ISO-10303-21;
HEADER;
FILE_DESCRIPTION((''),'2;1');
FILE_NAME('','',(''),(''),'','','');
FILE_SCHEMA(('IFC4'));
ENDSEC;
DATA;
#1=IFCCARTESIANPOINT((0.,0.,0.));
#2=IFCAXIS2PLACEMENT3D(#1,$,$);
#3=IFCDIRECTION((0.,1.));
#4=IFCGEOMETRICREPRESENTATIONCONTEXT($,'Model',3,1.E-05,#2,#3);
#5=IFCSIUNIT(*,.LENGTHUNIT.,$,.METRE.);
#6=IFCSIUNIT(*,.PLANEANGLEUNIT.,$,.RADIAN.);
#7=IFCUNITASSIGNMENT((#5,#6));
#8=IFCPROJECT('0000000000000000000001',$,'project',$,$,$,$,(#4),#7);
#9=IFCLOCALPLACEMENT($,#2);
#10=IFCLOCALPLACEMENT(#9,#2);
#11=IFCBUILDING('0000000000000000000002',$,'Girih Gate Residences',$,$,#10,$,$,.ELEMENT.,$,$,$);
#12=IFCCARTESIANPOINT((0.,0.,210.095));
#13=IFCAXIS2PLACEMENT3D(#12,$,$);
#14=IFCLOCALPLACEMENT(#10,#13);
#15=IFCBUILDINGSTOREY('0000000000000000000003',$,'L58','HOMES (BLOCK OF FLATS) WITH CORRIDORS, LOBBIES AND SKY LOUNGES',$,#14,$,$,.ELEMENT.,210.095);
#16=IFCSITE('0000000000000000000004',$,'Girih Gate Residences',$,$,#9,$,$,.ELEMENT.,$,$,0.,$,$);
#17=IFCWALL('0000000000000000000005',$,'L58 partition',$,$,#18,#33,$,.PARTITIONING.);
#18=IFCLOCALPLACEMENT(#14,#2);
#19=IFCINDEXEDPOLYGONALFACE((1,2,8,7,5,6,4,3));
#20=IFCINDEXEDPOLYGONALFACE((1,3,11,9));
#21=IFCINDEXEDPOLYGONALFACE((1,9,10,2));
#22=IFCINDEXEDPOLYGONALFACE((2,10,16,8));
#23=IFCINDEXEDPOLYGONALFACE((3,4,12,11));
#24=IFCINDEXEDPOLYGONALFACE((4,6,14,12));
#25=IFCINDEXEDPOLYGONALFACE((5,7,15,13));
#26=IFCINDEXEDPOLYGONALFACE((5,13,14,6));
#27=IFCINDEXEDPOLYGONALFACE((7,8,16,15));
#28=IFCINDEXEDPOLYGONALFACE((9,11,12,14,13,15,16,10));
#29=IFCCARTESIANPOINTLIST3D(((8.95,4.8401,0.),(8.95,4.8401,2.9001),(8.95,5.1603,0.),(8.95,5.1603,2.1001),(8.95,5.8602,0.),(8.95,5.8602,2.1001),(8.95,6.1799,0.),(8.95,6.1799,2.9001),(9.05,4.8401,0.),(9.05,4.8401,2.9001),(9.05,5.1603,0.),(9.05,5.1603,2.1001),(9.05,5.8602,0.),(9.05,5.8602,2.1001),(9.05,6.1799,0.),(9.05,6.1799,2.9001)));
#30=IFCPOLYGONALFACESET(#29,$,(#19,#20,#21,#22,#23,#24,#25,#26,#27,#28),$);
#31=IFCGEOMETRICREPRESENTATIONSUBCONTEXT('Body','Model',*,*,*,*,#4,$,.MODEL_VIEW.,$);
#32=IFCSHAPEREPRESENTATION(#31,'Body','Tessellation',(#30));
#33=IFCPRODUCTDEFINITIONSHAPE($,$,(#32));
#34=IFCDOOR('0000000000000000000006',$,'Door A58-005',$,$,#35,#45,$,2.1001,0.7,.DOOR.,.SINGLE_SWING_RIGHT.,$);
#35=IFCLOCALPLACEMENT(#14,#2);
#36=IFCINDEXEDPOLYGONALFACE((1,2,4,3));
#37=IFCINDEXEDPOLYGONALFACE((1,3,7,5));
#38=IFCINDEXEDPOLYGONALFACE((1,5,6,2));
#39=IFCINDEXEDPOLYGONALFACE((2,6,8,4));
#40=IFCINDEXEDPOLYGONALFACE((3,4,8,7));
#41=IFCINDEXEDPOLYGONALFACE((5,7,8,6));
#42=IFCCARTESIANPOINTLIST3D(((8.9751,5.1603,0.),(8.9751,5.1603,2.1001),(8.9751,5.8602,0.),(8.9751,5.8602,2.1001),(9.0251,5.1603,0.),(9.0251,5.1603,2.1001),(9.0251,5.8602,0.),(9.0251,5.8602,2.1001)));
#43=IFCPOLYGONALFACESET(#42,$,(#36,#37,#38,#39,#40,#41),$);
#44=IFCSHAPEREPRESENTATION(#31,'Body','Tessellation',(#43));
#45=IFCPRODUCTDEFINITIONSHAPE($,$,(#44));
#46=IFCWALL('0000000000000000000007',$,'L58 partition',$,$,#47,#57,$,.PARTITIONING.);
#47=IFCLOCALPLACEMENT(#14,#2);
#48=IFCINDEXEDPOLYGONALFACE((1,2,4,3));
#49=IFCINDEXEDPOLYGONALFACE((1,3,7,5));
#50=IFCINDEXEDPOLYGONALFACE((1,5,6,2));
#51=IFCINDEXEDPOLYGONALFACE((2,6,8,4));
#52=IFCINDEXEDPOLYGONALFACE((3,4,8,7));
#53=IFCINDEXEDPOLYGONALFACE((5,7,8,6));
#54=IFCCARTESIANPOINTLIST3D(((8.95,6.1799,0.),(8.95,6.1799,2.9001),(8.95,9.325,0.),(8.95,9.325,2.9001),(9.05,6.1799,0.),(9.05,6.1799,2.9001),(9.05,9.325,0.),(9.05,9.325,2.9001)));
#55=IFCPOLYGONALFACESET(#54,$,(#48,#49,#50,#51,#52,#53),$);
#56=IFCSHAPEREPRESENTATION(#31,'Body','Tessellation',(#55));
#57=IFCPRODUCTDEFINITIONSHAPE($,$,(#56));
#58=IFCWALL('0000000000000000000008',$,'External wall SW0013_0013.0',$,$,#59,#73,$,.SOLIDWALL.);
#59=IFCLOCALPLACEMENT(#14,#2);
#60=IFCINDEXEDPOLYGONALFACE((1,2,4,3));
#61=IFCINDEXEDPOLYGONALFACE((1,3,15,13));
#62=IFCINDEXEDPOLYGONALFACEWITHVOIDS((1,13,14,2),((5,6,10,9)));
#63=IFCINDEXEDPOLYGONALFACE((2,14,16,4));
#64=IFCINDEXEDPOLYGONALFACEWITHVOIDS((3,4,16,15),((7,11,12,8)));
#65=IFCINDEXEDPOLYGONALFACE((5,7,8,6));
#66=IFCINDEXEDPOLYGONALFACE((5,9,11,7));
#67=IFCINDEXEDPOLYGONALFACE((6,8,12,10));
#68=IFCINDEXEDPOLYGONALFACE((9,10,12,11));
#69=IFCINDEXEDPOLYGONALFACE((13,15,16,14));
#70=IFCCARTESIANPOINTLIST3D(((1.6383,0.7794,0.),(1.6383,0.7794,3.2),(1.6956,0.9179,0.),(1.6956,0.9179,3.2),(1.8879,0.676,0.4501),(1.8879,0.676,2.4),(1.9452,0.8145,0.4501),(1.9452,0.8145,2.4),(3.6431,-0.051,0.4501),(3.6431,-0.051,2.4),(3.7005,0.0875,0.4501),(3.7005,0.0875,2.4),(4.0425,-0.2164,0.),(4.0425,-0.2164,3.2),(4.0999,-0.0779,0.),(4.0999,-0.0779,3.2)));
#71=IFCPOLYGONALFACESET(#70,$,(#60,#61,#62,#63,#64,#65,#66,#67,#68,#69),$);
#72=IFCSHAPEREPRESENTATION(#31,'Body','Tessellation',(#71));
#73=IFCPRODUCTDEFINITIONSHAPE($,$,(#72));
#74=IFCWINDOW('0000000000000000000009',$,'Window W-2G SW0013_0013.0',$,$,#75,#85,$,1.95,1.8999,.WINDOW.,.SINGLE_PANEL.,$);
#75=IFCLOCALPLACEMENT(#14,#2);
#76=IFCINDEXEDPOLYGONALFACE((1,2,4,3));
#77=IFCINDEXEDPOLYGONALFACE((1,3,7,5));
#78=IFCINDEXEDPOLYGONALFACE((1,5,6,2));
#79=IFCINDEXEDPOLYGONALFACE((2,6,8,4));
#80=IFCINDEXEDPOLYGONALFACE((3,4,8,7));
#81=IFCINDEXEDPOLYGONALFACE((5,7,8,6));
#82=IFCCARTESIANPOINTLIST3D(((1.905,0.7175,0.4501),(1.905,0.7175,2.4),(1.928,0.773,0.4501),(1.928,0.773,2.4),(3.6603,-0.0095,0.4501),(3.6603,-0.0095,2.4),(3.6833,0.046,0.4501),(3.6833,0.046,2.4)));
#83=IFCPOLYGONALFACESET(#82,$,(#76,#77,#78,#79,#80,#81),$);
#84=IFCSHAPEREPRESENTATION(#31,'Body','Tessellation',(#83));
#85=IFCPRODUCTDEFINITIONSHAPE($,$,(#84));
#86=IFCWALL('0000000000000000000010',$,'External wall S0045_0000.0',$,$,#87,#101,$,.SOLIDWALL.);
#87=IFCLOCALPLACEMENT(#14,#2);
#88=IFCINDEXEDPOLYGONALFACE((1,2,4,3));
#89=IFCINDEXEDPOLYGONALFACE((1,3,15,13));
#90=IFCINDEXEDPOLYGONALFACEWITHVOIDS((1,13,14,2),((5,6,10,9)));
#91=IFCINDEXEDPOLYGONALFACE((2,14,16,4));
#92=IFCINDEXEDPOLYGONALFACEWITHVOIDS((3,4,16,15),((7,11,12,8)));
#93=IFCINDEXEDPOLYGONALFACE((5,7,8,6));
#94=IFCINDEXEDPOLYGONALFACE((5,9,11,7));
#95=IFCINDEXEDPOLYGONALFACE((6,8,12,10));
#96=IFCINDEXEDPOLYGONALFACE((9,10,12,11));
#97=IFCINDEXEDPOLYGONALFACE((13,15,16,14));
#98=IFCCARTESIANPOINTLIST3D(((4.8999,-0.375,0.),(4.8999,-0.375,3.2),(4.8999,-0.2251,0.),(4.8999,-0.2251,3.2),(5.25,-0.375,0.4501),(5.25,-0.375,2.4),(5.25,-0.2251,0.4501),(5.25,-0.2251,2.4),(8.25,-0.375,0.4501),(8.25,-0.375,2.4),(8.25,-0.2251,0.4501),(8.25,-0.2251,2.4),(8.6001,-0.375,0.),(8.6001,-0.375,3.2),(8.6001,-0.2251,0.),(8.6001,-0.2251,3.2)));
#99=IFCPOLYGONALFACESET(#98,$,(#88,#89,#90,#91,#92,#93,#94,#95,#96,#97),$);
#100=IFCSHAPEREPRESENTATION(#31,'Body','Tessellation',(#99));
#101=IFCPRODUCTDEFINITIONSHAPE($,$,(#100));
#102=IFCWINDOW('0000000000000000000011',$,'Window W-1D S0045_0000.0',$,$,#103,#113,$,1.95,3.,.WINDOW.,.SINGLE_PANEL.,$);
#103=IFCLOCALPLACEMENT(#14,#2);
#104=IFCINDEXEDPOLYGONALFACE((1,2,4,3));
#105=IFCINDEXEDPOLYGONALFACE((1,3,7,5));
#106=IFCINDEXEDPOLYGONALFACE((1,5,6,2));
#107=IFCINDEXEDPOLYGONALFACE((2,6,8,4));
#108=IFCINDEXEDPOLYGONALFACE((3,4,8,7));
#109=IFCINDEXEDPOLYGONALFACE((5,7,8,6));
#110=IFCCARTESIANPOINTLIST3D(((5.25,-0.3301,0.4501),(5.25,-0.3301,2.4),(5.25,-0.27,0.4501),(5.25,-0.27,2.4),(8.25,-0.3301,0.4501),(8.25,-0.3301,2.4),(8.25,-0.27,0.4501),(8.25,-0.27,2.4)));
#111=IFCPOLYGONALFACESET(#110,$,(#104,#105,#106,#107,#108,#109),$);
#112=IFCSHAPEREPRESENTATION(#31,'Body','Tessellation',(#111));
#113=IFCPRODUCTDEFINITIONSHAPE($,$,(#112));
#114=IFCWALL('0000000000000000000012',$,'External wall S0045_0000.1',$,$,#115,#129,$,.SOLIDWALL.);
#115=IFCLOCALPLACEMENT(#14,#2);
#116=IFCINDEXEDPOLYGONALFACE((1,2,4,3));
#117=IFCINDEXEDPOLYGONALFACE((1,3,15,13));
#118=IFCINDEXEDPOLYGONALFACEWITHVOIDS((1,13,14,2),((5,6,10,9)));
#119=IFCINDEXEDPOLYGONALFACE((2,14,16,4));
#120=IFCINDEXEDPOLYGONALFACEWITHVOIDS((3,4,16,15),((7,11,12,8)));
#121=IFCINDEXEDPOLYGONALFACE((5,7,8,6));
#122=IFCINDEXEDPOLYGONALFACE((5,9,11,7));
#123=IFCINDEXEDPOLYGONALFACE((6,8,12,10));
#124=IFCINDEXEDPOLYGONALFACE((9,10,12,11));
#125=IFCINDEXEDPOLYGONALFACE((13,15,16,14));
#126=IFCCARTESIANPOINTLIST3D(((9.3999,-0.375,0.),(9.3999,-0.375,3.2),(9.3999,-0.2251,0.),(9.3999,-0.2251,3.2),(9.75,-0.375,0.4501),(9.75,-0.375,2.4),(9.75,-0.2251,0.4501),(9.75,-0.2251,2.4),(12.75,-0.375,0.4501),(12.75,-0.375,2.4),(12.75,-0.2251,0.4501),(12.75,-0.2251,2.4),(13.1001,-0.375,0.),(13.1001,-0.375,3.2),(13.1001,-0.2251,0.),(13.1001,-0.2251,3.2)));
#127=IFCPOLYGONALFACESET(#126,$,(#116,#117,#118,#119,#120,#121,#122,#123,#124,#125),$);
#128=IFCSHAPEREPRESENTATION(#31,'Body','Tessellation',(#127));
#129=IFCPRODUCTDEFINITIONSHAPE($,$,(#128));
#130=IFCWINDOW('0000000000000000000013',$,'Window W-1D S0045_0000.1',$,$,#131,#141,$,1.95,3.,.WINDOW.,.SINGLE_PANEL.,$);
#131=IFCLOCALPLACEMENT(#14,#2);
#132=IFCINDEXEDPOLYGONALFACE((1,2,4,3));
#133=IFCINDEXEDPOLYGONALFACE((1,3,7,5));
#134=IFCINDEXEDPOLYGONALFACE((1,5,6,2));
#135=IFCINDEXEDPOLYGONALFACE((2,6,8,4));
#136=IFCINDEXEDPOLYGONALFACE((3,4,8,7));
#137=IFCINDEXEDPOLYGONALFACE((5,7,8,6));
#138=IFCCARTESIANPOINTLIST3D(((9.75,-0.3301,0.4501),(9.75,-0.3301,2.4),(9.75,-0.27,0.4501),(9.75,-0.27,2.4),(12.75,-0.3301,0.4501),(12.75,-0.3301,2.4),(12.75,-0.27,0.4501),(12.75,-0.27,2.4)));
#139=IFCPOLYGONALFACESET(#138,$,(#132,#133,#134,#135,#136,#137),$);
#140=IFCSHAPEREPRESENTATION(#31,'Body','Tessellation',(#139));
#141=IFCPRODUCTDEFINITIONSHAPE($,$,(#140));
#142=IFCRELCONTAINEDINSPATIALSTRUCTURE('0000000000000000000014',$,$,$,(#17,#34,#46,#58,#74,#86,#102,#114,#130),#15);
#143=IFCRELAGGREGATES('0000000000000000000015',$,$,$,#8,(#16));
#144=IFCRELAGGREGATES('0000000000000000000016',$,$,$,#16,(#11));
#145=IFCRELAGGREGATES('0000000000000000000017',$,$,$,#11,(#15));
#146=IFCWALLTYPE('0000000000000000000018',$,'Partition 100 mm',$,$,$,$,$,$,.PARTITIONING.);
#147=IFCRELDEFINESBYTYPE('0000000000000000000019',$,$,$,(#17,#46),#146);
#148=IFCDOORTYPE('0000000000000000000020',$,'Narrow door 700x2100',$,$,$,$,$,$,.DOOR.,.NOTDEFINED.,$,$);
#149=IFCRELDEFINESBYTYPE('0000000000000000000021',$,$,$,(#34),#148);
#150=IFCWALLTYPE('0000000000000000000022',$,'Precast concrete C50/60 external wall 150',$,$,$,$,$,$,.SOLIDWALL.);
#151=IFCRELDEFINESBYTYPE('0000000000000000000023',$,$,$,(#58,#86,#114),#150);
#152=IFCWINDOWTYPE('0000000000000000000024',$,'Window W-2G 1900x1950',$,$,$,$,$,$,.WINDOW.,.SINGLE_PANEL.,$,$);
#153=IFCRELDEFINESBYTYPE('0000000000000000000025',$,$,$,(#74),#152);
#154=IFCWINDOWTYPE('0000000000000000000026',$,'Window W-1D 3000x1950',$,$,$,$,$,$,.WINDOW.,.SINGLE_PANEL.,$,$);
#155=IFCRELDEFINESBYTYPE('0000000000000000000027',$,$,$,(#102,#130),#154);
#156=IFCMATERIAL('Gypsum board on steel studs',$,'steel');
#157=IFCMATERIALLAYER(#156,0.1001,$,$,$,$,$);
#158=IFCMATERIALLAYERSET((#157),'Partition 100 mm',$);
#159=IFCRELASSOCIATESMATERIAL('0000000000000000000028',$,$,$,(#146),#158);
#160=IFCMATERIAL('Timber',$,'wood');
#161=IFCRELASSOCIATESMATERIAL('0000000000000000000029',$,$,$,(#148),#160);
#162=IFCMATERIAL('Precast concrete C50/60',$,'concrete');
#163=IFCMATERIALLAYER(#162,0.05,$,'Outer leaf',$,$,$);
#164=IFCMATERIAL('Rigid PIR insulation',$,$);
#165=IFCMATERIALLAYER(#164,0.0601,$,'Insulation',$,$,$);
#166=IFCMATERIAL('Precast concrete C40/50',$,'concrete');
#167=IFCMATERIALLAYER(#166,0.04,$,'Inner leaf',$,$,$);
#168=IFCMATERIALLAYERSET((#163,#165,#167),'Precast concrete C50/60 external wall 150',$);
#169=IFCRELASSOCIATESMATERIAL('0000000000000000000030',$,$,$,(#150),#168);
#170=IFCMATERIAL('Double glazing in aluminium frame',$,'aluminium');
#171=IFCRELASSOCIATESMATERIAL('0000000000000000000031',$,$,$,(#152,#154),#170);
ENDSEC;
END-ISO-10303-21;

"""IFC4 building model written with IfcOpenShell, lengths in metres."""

from ifc_helpers import new_model, si_unit, direction, frame, frame_2d, origin, place, context, subcontext, project, spatial, rectangle, extrude, material, layer, layer_set, type_object, element, fill, save


model = new_model("IFC4")

# Units and contexts
model_context = context("Model", 3, precision=1e-05, world=origin(), true_north=direction((0.0, 1.0)))
body_context = subcontext(model_context, "Body", "Model", "MODEL_VIEW")
ifc_project = project(units=[si_unit("LENGTHUNIT", "METRE"), si_unit("PLANEANGLEUNIT", "RADIAN")], contexts=[model_context])

# Site, building, storey
site_placement = place(None, origin())
site = spatial("IfcSite", under=ifc_project, at=site_placement, Name="Girih Gate Residences", CompositionType="ELEMENT", RefElevation=0.0)
building_placement = place(site_placement, origin())
building = spatial("IfcBuilding", under=site, at=building_placement, Name="Girih Gate Residences", CompositionType="ELEMENT")
storey_placement = place(building_placement, frame((0.0, 0.0, 210.095)))
storey = spatial("IfcBuildingStorey", under=building, at=storey_placement, Name="L58", Description="HOMES (BLOCK OF FLATS) WITH CORRIDORS, LOBBIES AND SKY LOUNGES", CompositionType="ELEMENT", Elevation=210.095)

# Shared definitions
ifc_material_1 = material(Name="Gypsum board on steel studs", Category="steel")
ifc_layer_1 = layer(ifc_material_1, 0.1001)
ifc_layer_set_1 = layer_set([ifc_layer_1], Name="Partition 100 mm")
wall_type_1 = type_object("IfcWallType", Name="Partition 100 mm", PredefinedType="PARTITIONING", material=ifc_layer_set_1)

# Shared definitions
ifc_material_2 = material(Name="Timber", Category="wood")

# Wall, opening, door
wall_1_placement = place(storey_placement, frame((9.0, 4.8401, 0.0), z_axis=(0.0, 0.0, 1.0), x_axis=(0.0, 1.0, 0.0)))
wall_1 = element("IfcWall", 1, at=wall_1_placement, inside=storey, type_object=wall_type_1, Name="L58 partition", PredefinedType="PARTITIONING", context=body_context, shape_type="SweptSolid", body=[
    extrude(rectangle(XDim=1.3398, YDim=0.1001, at=frame_2d((0.6699, 0.0))), origin(), (0.0, 0.0, 1.0), 2.9001),
])
opening_1_placement = place(wall_1_placement, frame((0.3201, 0.0, 0.0)))
opening_1 = element("IfcOpeningElement", 2, at=opening_1_placement, cuts=wall_1, PredefinedType="OPENING", context=body_context, shape_type="SweptSolid", body=[
    extrude(rectangle(XDim=0.7, YDim=2.1001, at=frame_2d((0.3501, 1.05))), frame((0.0, 0.0601, 0.0), z_axis=(0.0, -1.0, 0.0), x_axis=(1.0, 0.0, 0.0)), (0.0, 0.0, 1.0), 0.1201),
])
door_type_1 = type_object("IfcDoorType", Name="Narrow door 700x2100", OperationType="NOTDEFINED", PredefinedType="DOOR", material=ifc_material_2)
door_1_placement = place(opening_1_placement, origin())
door_1 = element("IfcDoor", 3, at=door_1_placement, inside=storey, type_object=door_type_1, Name="Door A58-005", OperationType="SINGLE_SWING_RIGHT", OverallHeight=2.1001, OverallWidth=0.7, PredefinedType="DOOR", context=body_context, shape_type="SweptSolid", body=[
    extrude(rectangle(XDim=0.7, YDim=2.1001, at=frame_2d((0.3501, 1.05))), frame((0.0, 0.0249, 0.0), z_axis=(0.0, -1.0, 0.0), x_axis=(1.0, 0.0, 0.0)), (0.0, 0.0, 1.0), 0.05),
])
fill(opening_1, door_1)

# Wall
wall_2_placement = place(storey_placement, frame((9.0, 6.1799, 0.0), z_axis=(0.0, 0.0, 1.0), x_axis=(0.0, 1.0, 0.0)))
element("IfcWall", 4, at=wall_2_placement, inside=storey, type_object=wall_type_1, Name="L58 partition", PredefinedType="PARTITIONING", context=body_context, shape_type="SweptSolid", body=[
    extrude(rectangle(XDim=3.145, YDim=0.1001, at=frame_2d((1.5725, 0.0))), origin(), (0.0, 0.0, 1.0), 2.9001),
])

# Walls, openings, windows
ifc_material_3 = material(Name="Precast concrete C50/60", Category="concrete")
ifc_layer_2 = layer(ifc_material_3, 0.05, Name="Outer leaf")
ifc_material_4 = material(Name="Rigid PIR insulation")
ifc_layer_3 = layer(ifc_material_4, 0.0601, Name="Insulation")
ifc_material_5 = material(Name="Precast concrete C40/50", Category="concrete")
ifc_layer_4 = layer(ifc_material_5, 0.04, Name="Inner leaf")
ifc_layer_set_2 = layer_set([ifc_layer_2, ifc_layer_3, ifc_layer_4], Name="Precast concrete C50/60 external wall 150")
wall_type_2 = type_object("IfcWallType", Name="Precast concrete C50/60 external wall 150", PredefinedType="SOLIDWALL", material=ifc_layer_set_2)
wall_3_placement = place(storey_placement, frame((4.0713, -0.1472, 0.0), z_axis=(0.0, 0.0, 1.0), x_axis=(-0.923885, 0.382669, 0.0)))
wall_3 = element("IfcWall", 5, at=wall_3_placement, inside=storey, type_object=wall_type_2, Name="External wall SW0013_0013.0", PredefinedType="SOLIDWALL", context=body_context, shape_type="SweptSolid", body=[
    extrude(rectangle(XDim=2.6023, YDim=0.1499, at=frame_2d((1.3013, 0.0))), origin(), (0.0, 0.0, 1.0), 3.2),
])
opening_2_placement = place(wall_3_placement, frame((0.4324, 0.0, 0.45)))
opening_2 = element("IfcOpeningElement", 6, at=opening_2_placement, cuts=wall_3, PredefinedType="OPENING", context=body_context, shape_type="SweptSolid", body=[
    extrude(rectangle(XDim=1.8999, YDim=1.95, at=frame_2d((0.95, 0.9751))), frame((0.0, 0.085, 0.0), z_axis=(0.0, -1.0, 0.0), x_axis=(1.0, 0.0, 0.0)), (0.0, 0.0, 1.0), 0.1699),
])
ifc_material_6 = material(Name="Double glazing in aluminium frame", Category="aluminium")
window_type_1 = type_object("IfcWindowType", Name="Window W-2G 1900x1950", PartitioningType="SINGLE_PANEL", PredefinedType="WINDOW", material=ifc_material_6)
window_1_placement = place(opening_2_placement, origin())
window_1 = element("IfcWindow", 7, at=window_1_placement, inside=storey, type_object=window_type_1, Name="Window W-2G SW0013_0013.0", OverallHeight=1.95, OverallWidth=1.8999, PartitioningType="SINGLE_PANEL", PredefinedType="WINDOW", context=body_context, shape_type="SweptSolid", body=[
    extrude(rectangle(XDim=1.8999, YDim=1.95, at=frame_2d((0.95, 0.9751))), frame((0.0, 0.03, 0.0), z_axis=(0.0, -1.0, 0.0), x_axis=(1.0, 0.0, 0.0)), (0.0, 0.0, 1.0), 0.0601),
])
fill(opening_2, window_1)
wall_4_placement = place(storey_placement, frame((8.6001, -0.3, 0.0), z_axis=(0.0, 0.0, 1.0), x_axis=(-1.0, 0.0, 0.0)))
wall_4 = element("IfcWall", 8, at=wall_4_placement, inside=storey, type_object=wall_type_2, Name="External wall S0045_0000.0", PredefinedType="SOLIDWALL", context=body_context, shape_type="SweptSolid", body=[
    extrude(rectangle(XDim=3.7002, YDim=0.1499, at=frame_2d((1.8501, 0.0))), origin(), (0.0, 0.0, 1.0), 3.2),
])
opening_3_placement = place(wall_4_placement, frame((0.3501, 0.0, 0.45)))
opening_3 = element("IfcOpeningElement", 9, at=opening_3_placement, cuts=wall_4, PredefinedType="OPENING", context=body_context, shape_type="SweptSolid", body=[
    extrude(rectangle(XDim=3.0, YDim=1.95, at=frame_2d((1.5, 0.9751))), frame((0.0, 0.085, 0.0), z_axis=(0.0, -1.0, 0.0), x_axis=(1.0, 0.0, 0.0)), (0.0, 0.0, 1.0), 0.1699),
])
window_type_2 = type_object("IfcWindowType", Name="Window W-1D 3000x1950", PartitioningType="SINGLE_PANEL", PredefinedType="WINDOW", material=ifc_material_6)
window_2_placement = place(opening_3_placement, origin())
window_2 = element("IfcWindow", 10, at=window_2_placement, inside=storey, type_object=window_type_2, Name="Window W-1D S0045_0000.0", OverallHeight=1.95, OverallWidth=3.0, PartitioningType="SINGLE_PANEL", PredefinedType="WINDOW", context=body_context, shape_type="SweptSolid", body=[
    extrude(rectangle(XDim=3.0, YDim=1.95, at=frame_2d((1.5, 0.9751))), frame((0.0, 0.03, 0.0), z_axis=(0.0, -1.0, 0.0), x_axis=(1.0, 0.0, 0.0)), (0.0, 0.0, 1.0), 0.0601),
])
fill(opening_3, window_2)
wall_5_placement = place(storey_placement, frame((13.1001, -0.3, 0.0), z_axis=(0.0, 0.0, 1.0), x_axis=(-1.0, 0.0, 0.0)))
wall_5 = element("IfcWall", 11, at=wall_5_placement, inside=storey, type_object=wall_type_2, Name="External wall S0045_0000.1", PredefinedType="SOLIDWALL", context=body_context, shape_type="SweptSolid", body=[
    extrude(rectangle(XDim=3.7002, YDim=0.1499, at=frame_2d((1.8501, 0.0))), origin(), (0.0, 0.0, 1.0), 3.2),
])
opening_4_placement = place(wall_5_placement, frame((0.3501, 0.0, 0.45)))
opening_4 = element("IfcOpeningElement", 12, at=opening_4_placement, cuts=wall_5, PredefinedType="OPENING", context=body_context, shape_type="SweptSolid", body=[
    extrude(rectangle(XDim=3.0, YDim=1.95, at=frame_2d((1.5, 0.9751))), frame((0.0, 0.085, 0.0), z_axis=(0.0, -1.0, 0.0), x_axis=(1.0, 0.0, 0.0)), (0.0, 0.0, 1.0), 0.1699),
])
window_3_placement = place(opening_4_placement, origin())
window_3 = element("IfcWindow", 13, at=window_3_placement, inside=storey, type_object=window_type_2, Name="Window W-1D S0045_0000.1", OverallHeight=1.95, OverallWidth=3.0, PartitioningType="SINGLE_PANEL", PredefinedType="WINDOW", context=body_context, shape_type="SweptSolid", body=[
    extrude(rectangle(XDim=3.0, YDim=1.95, at=frame_2d((1.5, 0.9751))), frame((0.0, 0.03, 0.0), z_axis=(0.0, -1.0, 0.0), x_axis=(1.0, 0.0, 0.0)), (0.0, 0.0, 1.0), 0.0601),
])
fill(opening_4, window_3)

save(model, "model.ifc")
